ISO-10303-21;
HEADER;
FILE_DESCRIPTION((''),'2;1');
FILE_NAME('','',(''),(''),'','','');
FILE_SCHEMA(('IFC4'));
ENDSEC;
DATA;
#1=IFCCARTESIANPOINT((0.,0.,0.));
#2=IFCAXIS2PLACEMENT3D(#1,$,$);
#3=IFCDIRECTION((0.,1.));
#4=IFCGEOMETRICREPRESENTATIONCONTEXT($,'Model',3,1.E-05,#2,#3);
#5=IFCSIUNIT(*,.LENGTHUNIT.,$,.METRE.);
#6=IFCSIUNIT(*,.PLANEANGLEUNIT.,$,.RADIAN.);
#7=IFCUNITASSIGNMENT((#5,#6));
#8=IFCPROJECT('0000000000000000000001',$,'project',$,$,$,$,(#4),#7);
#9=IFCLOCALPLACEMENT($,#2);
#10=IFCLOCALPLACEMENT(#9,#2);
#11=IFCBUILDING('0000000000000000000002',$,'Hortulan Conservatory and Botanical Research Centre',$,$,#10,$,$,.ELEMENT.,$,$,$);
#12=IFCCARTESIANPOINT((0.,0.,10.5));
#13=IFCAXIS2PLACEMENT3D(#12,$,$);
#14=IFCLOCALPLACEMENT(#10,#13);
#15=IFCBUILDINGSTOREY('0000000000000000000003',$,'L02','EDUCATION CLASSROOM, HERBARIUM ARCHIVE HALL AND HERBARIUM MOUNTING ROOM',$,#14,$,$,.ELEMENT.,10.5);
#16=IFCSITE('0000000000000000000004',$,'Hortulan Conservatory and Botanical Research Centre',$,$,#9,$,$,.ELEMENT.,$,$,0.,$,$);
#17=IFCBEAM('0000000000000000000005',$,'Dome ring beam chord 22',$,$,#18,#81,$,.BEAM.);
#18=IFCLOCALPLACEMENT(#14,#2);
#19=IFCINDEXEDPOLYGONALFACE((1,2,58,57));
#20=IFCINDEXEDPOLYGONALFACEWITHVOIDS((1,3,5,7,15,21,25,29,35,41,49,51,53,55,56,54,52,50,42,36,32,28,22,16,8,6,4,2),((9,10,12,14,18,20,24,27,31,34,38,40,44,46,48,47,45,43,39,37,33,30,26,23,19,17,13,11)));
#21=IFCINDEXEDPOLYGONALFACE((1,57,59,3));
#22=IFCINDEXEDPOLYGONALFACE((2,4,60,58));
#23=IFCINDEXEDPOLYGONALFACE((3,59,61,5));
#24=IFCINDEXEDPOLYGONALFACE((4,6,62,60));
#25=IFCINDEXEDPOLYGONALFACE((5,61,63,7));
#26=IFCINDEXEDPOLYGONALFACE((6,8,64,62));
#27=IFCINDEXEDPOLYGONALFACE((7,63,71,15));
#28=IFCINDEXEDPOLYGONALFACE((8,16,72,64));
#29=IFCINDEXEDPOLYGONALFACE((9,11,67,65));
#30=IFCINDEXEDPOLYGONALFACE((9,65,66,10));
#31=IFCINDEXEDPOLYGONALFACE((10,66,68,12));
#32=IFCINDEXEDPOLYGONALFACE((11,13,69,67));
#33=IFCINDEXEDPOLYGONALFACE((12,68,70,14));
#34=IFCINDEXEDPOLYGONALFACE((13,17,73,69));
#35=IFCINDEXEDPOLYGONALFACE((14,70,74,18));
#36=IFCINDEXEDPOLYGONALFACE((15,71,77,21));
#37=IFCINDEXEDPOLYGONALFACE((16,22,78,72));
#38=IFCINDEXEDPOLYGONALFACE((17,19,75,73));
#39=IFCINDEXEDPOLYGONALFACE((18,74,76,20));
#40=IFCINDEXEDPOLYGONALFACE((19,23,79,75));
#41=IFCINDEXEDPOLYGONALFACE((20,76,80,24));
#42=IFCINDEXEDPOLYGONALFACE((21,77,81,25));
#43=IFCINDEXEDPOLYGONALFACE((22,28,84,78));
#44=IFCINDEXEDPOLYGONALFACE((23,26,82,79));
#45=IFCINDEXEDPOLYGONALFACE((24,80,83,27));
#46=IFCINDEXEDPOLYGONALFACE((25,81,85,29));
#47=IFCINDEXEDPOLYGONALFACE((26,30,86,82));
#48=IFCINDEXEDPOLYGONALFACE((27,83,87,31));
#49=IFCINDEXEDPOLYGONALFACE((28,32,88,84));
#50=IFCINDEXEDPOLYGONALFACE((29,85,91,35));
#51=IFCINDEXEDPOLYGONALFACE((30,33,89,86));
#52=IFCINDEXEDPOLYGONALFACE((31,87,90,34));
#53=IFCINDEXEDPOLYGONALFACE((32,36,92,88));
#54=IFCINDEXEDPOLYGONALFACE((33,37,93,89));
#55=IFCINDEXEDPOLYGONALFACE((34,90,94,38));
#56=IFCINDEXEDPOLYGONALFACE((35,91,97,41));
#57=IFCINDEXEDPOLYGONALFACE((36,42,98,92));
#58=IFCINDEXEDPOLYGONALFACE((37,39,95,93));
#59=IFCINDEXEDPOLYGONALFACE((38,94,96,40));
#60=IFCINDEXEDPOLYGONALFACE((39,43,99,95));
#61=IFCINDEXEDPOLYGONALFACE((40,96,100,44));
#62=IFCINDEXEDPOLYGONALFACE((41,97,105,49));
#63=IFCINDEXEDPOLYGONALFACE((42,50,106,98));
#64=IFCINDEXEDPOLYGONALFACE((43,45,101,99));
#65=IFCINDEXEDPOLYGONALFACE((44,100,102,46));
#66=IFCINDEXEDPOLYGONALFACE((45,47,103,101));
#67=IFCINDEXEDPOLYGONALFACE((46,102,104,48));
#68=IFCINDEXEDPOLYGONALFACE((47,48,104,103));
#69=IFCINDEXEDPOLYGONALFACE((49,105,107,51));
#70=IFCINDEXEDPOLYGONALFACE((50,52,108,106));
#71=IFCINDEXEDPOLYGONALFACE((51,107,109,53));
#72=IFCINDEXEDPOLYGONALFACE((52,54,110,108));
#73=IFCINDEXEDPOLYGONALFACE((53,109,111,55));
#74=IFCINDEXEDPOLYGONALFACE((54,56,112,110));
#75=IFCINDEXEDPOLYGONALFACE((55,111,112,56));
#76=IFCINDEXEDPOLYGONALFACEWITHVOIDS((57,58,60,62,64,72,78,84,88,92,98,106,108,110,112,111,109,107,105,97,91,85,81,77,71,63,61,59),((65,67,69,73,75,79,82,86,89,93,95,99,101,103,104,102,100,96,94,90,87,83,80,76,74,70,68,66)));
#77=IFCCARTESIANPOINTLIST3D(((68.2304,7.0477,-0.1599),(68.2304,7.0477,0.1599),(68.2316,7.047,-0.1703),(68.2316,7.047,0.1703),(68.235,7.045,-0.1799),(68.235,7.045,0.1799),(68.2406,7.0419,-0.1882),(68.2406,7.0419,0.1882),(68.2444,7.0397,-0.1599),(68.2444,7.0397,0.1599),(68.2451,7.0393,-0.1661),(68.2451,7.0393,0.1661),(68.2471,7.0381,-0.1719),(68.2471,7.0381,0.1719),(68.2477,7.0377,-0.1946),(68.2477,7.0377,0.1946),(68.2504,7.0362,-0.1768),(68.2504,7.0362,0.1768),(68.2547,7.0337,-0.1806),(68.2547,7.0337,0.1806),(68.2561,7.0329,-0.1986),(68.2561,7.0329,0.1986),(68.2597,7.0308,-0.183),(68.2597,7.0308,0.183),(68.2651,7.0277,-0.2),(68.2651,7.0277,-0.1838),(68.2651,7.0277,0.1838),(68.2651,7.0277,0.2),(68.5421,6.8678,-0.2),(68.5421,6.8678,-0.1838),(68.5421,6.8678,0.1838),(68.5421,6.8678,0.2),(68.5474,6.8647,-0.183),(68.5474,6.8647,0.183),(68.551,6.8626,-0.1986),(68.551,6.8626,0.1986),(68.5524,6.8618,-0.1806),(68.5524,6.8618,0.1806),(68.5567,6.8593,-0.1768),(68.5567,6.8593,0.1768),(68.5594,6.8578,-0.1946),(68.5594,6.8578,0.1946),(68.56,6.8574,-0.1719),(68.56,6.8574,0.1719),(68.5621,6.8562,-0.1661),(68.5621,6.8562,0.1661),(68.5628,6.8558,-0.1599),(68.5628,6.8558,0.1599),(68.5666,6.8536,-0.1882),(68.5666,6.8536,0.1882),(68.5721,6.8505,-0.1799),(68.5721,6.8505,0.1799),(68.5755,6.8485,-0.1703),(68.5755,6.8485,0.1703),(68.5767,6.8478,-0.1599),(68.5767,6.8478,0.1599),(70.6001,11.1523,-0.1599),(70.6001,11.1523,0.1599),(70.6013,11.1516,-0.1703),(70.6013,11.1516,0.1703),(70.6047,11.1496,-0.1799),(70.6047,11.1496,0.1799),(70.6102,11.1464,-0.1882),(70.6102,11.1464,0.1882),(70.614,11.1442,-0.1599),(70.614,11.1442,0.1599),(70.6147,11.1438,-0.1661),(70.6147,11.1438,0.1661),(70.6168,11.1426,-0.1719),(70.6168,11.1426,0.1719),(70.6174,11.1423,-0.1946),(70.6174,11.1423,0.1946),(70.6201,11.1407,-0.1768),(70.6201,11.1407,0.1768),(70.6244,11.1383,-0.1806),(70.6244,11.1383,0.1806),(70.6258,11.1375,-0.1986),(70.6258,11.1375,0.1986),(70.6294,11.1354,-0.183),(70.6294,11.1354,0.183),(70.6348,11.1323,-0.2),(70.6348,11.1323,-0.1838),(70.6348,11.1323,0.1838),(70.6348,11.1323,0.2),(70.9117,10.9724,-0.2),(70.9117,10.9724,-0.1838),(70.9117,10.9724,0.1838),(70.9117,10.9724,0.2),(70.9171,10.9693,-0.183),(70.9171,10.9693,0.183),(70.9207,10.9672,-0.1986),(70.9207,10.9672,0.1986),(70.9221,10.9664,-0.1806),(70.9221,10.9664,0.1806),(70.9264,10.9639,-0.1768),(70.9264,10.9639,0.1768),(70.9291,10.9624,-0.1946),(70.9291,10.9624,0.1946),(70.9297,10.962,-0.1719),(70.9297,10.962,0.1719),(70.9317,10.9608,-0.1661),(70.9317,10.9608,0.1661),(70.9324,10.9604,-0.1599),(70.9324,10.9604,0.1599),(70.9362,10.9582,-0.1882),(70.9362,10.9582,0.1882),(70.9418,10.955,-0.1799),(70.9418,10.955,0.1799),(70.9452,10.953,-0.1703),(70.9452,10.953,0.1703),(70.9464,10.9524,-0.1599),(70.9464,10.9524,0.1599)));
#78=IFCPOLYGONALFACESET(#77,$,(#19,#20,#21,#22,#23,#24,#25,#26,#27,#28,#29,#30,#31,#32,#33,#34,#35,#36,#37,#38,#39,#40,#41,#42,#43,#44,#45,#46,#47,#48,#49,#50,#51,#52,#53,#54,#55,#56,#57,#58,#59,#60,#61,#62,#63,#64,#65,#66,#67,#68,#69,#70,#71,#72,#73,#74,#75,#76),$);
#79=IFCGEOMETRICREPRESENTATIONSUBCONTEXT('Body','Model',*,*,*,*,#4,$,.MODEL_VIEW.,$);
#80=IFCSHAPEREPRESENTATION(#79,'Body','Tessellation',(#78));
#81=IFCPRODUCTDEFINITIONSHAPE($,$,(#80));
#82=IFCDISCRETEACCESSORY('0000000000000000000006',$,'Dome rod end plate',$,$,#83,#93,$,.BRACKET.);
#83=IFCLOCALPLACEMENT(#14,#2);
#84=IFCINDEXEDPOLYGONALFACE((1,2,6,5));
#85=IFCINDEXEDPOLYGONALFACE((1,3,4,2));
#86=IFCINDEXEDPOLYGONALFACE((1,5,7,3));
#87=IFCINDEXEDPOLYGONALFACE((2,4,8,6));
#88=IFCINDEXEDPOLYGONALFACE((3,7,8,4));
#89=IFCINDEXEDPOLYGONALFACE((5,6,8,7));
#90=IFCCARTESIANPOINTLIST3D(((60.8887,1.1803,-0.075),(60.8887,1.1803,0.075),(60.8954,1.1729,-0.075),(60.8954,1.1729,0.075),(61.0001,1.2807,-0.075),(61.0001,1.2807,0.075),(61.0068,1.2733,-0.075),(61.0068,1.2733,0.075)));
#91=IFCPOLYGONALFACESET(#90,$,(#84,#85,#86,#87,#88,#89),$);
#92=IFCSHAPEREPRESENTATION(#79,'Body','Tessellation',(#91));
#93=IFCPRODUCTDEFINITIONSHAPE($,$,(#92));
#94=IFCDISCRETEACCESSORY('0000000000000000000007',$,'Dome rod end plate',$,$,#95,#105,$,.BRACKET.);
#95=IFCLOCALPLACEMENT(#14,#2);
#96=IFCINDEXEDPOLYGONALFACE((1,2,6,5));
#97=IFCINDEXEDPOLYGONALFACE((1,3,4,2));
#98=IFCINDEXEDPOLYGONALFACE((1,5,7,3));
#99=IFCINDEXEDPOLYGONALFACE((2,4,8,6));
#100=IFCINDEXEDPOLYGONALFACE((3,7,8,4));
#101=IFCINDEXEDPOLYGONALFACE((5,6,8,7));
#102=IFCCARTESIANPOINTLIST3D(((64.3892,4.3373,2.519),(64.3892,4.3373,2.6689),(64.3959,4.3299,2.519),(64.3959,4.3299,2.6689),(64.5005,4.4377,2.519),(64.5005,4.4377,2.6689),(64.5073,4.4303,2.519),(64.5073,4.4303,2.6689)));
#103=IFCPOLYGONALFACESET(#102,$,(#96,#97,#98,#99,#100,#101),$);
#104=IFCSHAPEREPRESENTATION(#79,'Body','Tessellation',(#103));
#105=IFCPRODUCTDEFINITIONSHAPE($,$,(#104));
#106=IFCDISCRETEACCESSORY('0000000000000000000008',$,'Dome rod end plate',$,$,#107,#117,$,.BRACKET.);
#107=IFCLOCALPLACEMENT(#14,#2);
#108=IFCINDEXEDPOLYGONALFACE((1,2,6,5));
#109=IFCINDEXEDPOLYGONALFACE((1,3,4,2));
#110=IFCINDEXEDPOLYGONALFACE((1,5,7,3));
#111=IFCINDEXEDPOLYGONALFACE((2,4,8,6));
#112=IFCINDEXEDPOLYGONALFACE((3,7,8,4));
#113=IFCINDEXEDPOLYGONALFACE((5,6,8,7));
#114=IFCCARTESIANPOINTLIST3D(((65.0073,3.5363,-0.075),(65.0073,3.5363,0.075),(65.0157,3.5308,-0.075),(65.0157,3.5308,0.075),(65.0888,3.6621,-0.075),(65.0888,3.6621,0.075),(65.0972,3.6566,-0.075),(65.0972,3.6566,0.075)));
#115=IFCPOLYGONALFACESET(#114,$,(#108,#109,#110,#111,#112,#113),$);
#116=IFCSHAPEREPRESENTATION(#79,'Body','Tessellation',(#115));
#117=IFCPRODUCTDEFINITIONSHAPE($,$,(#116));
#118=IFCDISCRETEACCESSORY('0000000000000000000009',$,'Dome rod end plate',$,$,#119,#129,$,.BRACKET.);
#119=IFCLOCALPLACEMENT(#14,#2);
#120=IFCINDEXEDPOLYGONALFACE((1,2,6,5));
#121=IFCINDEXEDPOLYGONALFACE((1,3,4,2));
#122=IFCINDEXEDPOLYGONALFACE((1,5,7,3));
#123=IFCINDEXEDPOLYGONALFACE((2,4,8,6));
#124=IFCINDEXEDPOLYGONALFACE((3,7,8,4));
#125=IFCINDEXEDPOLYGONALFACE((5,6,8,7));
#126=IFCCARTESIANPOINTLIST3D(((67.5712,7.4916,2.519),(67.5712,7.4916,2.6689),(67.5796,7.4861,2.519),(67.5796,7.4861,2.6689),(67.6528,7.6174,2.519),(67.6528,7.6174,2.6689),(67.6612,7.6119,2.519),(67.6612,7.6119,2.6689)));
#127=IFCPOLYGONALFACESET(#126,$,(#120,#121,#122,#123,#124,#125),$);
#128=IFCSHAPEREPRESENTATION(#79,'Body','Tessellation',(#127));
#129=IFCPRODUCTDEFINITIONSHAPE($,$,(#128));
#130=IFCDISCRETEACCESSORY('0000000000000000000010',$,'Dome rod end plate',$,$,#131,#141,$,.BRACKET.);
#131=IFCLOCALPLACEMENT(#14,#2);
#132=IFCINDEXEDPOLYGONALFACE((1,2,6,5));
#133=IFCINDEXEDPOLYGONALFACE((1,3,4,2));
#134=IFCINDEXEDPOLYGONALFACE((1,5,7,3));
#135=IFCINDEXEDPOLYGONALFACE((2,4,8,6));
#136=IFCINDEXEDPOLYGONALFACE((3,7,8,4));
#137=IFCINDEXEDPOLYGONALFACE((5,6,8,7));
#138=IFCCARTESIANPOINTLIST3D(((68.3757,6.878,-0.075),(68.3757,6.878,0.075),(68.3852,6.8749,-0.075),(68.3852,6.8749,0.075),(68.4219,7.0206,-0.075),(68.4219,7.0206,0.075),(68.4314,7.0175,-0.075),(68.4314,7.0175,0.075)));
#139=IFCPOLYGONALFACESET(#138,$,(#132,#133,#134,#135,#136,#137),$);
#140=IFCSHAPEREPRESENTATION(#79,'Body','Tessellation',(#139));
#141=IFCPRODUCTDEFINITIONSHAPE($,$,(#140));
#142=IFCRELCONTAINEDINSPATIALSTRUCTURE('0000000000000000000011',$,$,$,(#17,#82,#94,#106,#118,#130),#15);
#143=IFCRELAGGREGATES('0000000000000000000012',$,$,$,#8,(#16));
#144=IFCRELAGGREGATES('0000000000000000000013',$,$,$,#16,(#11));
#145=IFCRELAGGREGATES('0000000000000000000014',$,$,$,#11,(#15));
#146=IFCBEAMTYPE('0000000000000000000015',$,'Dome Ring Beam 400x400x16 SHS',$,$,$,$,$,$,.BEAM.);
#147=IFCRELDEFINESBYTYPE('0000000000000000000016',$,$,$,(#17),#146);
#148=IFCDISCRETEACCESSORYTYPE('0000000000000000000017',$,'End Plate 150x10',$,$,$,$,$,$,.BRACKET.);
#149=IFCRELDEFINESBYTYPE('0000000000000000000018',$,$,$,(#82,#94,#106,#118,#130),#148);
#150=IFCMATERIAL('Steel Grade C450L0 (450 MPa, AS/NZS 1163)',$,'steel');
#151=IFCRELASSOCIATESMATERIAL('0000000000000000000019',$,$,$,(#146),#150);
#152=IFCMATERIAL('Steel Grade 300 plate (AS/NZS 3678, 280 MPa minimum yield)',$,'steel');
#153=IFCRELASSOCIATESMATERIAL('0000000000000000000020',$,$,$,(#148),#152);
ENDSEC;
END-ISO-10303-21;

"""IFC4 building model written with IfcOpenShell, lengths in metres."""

from ifc_helpers import new_model, si_unit, direction, frame, origin, origin_2d, place, context, subcontext, project, spatial, rectangle, hollow_rectangle, extrude, material, material_profile, profile_set, type_object, element, save


model = new_model("IFC4")

# Units and contexts
model_context = context("Model", 3, precision=1e-05, world=origin(), true_north=direction((0.0, 1.0)))
body_context = subcontext(model_context, "Body", "Model", "MODEL_VIEW")
ifc_project = project(units=[si_unit("LENGTHUNIT", "METRE"), si_unit("PLANEANGLEUNIT", "RADIAN")], contexts=[model_context])

# Site, building, storey
site_placement = place(None, origin())
site = spatial("IfcSite", under=ifc_project, at=site_placement, Name="Hortulan Conservatory and Botanical Research Centre", CompositionType="ELEMENT", RefElevation=0.0)
building_placement = place(site_placement, origin())
building = spatial("IfcBuilding", under=site, at=building_placement, Name="Hortulan Conservatory and Botanical Research Centre", CompositionType="ELEMENT")
storey_placement = place(building_placement, frame((0.0, 0.0, 10.5)))
storey = spatial("IfcBuildingStorey", under=building, at=storey_placement, Name="L02", Description="EDUCATION CLASSROOM, HERBARIUM ARCHIVE HALL AND HERBARIUM MOUNTING ROOM", CompositionType="ELEMENT", Elevation=10.5)

# Beam
ifc_material_1 = material(Name="Steel Grade C450L0 (450 MPa, AS/NZS 1163)", Category="steel")
ifc_material_profile_1 = material_profile(ifc_material_1, hollow_rectangle(XDim=0.3999, YDim=0.3999, WallThickness=0.0161, InnerFilletRadius=0.0239, OuterFilletRadius=0.04, at=origin_2d()), Name="400x400x16SHS")
ifc_profile_set_1 = profile_set([ifc_material_profile_1], Name="Steel Grade C450L0 (450 MPa, AS/NZS 1163)")
beam_type_1 = type_object("IfcBeamType", Name="Dome Ring Beam 400x400x16 SHS", PredefinedType="BEAM", material=ifc_profile_set_1)
for number, where, z_axis, x_axis, name in (
    (1, (68.4036, 6.9478, 0.0), (0.499984, 0.866035, 0.0), (-0.866035, 0.499984, 0.0), "Dome ring beam chord 22"),
):
    element("IfcBeam", number, at=place(storey_placement, frame(where, z_axis=z_axis, x_axis=x_axis)), inside=storey, type_object=beam_type_1, Name=name, PredefinedType="BEAM", context=body_context, shape_type="SweptSolid", body=[
        extrude(hollow_rectangle(XDim=0.3999, YDim=0.3999, WallThickness=0.0161, InnerFilletRadius=0.0239, OuterFilletRadius=0.04, at=origin_2d()), origin(), (0.0, 0.0, 1.0), 4.7395),
    ])

# Discrete accessories
ifc_material_2 = material(Name="Steel Grade 300 plate (AS/NZS 3678, 280 MPa minimum yield)", Category="steel")
discrete_accessory_type = type_object("IfcDiscreteAccessoryType", Name="End Plate 150x10", PredefinedType="BRACKET", material=ifc_material_2)
for number, where, z_axis, x_axis, name in (
    (2, (60.9478, 1.2268, -0.075), (0.0, 0.0, 1.0), (0.742607, 0.669727, 0.0), "Dome rod end plate"),
    (3, (64.4482, 4.3838, 2.519), (0.0, 0.0, 1.0), (0.742607, 0.669727, 0.0), "Dome rod end plate"),
    (4, (65.0522, 3.5964, -0.075), (0.0, 0.0, 1.0), (0.543951, 0.839117, 0.0), "Dome rod end plate"),
    (5, (67.6162, 7.5518, 2.519), (0.0, 0.0, 1.0), (0.543951, 0.839117, 0.0), "Dome rod end plate"),
    (6, (68.4036, 6.9478, -0.075), (0.0, 0.0, 1.0), (0.308237, 0.95131, 0.0), "Dome rod end plate"),
):
    element("IfcDiscreteAccessory", number, at=place(storey_placement, frame(where, z_axis=z_axis, x_axis=x_axis)), inside=storey, type_object=discrete_accessory_type, Name=name, PredefinedType="BRACKET", context=body_context, shape_type="SweptSolid", body=[
        extrude(rectangle(XDim=0.1499, YDim=0.01, at=origin_2d()), origin(), (0.0, 0.0, 1.0), 0.1499),
    ])

save(model, "model.ifc")
